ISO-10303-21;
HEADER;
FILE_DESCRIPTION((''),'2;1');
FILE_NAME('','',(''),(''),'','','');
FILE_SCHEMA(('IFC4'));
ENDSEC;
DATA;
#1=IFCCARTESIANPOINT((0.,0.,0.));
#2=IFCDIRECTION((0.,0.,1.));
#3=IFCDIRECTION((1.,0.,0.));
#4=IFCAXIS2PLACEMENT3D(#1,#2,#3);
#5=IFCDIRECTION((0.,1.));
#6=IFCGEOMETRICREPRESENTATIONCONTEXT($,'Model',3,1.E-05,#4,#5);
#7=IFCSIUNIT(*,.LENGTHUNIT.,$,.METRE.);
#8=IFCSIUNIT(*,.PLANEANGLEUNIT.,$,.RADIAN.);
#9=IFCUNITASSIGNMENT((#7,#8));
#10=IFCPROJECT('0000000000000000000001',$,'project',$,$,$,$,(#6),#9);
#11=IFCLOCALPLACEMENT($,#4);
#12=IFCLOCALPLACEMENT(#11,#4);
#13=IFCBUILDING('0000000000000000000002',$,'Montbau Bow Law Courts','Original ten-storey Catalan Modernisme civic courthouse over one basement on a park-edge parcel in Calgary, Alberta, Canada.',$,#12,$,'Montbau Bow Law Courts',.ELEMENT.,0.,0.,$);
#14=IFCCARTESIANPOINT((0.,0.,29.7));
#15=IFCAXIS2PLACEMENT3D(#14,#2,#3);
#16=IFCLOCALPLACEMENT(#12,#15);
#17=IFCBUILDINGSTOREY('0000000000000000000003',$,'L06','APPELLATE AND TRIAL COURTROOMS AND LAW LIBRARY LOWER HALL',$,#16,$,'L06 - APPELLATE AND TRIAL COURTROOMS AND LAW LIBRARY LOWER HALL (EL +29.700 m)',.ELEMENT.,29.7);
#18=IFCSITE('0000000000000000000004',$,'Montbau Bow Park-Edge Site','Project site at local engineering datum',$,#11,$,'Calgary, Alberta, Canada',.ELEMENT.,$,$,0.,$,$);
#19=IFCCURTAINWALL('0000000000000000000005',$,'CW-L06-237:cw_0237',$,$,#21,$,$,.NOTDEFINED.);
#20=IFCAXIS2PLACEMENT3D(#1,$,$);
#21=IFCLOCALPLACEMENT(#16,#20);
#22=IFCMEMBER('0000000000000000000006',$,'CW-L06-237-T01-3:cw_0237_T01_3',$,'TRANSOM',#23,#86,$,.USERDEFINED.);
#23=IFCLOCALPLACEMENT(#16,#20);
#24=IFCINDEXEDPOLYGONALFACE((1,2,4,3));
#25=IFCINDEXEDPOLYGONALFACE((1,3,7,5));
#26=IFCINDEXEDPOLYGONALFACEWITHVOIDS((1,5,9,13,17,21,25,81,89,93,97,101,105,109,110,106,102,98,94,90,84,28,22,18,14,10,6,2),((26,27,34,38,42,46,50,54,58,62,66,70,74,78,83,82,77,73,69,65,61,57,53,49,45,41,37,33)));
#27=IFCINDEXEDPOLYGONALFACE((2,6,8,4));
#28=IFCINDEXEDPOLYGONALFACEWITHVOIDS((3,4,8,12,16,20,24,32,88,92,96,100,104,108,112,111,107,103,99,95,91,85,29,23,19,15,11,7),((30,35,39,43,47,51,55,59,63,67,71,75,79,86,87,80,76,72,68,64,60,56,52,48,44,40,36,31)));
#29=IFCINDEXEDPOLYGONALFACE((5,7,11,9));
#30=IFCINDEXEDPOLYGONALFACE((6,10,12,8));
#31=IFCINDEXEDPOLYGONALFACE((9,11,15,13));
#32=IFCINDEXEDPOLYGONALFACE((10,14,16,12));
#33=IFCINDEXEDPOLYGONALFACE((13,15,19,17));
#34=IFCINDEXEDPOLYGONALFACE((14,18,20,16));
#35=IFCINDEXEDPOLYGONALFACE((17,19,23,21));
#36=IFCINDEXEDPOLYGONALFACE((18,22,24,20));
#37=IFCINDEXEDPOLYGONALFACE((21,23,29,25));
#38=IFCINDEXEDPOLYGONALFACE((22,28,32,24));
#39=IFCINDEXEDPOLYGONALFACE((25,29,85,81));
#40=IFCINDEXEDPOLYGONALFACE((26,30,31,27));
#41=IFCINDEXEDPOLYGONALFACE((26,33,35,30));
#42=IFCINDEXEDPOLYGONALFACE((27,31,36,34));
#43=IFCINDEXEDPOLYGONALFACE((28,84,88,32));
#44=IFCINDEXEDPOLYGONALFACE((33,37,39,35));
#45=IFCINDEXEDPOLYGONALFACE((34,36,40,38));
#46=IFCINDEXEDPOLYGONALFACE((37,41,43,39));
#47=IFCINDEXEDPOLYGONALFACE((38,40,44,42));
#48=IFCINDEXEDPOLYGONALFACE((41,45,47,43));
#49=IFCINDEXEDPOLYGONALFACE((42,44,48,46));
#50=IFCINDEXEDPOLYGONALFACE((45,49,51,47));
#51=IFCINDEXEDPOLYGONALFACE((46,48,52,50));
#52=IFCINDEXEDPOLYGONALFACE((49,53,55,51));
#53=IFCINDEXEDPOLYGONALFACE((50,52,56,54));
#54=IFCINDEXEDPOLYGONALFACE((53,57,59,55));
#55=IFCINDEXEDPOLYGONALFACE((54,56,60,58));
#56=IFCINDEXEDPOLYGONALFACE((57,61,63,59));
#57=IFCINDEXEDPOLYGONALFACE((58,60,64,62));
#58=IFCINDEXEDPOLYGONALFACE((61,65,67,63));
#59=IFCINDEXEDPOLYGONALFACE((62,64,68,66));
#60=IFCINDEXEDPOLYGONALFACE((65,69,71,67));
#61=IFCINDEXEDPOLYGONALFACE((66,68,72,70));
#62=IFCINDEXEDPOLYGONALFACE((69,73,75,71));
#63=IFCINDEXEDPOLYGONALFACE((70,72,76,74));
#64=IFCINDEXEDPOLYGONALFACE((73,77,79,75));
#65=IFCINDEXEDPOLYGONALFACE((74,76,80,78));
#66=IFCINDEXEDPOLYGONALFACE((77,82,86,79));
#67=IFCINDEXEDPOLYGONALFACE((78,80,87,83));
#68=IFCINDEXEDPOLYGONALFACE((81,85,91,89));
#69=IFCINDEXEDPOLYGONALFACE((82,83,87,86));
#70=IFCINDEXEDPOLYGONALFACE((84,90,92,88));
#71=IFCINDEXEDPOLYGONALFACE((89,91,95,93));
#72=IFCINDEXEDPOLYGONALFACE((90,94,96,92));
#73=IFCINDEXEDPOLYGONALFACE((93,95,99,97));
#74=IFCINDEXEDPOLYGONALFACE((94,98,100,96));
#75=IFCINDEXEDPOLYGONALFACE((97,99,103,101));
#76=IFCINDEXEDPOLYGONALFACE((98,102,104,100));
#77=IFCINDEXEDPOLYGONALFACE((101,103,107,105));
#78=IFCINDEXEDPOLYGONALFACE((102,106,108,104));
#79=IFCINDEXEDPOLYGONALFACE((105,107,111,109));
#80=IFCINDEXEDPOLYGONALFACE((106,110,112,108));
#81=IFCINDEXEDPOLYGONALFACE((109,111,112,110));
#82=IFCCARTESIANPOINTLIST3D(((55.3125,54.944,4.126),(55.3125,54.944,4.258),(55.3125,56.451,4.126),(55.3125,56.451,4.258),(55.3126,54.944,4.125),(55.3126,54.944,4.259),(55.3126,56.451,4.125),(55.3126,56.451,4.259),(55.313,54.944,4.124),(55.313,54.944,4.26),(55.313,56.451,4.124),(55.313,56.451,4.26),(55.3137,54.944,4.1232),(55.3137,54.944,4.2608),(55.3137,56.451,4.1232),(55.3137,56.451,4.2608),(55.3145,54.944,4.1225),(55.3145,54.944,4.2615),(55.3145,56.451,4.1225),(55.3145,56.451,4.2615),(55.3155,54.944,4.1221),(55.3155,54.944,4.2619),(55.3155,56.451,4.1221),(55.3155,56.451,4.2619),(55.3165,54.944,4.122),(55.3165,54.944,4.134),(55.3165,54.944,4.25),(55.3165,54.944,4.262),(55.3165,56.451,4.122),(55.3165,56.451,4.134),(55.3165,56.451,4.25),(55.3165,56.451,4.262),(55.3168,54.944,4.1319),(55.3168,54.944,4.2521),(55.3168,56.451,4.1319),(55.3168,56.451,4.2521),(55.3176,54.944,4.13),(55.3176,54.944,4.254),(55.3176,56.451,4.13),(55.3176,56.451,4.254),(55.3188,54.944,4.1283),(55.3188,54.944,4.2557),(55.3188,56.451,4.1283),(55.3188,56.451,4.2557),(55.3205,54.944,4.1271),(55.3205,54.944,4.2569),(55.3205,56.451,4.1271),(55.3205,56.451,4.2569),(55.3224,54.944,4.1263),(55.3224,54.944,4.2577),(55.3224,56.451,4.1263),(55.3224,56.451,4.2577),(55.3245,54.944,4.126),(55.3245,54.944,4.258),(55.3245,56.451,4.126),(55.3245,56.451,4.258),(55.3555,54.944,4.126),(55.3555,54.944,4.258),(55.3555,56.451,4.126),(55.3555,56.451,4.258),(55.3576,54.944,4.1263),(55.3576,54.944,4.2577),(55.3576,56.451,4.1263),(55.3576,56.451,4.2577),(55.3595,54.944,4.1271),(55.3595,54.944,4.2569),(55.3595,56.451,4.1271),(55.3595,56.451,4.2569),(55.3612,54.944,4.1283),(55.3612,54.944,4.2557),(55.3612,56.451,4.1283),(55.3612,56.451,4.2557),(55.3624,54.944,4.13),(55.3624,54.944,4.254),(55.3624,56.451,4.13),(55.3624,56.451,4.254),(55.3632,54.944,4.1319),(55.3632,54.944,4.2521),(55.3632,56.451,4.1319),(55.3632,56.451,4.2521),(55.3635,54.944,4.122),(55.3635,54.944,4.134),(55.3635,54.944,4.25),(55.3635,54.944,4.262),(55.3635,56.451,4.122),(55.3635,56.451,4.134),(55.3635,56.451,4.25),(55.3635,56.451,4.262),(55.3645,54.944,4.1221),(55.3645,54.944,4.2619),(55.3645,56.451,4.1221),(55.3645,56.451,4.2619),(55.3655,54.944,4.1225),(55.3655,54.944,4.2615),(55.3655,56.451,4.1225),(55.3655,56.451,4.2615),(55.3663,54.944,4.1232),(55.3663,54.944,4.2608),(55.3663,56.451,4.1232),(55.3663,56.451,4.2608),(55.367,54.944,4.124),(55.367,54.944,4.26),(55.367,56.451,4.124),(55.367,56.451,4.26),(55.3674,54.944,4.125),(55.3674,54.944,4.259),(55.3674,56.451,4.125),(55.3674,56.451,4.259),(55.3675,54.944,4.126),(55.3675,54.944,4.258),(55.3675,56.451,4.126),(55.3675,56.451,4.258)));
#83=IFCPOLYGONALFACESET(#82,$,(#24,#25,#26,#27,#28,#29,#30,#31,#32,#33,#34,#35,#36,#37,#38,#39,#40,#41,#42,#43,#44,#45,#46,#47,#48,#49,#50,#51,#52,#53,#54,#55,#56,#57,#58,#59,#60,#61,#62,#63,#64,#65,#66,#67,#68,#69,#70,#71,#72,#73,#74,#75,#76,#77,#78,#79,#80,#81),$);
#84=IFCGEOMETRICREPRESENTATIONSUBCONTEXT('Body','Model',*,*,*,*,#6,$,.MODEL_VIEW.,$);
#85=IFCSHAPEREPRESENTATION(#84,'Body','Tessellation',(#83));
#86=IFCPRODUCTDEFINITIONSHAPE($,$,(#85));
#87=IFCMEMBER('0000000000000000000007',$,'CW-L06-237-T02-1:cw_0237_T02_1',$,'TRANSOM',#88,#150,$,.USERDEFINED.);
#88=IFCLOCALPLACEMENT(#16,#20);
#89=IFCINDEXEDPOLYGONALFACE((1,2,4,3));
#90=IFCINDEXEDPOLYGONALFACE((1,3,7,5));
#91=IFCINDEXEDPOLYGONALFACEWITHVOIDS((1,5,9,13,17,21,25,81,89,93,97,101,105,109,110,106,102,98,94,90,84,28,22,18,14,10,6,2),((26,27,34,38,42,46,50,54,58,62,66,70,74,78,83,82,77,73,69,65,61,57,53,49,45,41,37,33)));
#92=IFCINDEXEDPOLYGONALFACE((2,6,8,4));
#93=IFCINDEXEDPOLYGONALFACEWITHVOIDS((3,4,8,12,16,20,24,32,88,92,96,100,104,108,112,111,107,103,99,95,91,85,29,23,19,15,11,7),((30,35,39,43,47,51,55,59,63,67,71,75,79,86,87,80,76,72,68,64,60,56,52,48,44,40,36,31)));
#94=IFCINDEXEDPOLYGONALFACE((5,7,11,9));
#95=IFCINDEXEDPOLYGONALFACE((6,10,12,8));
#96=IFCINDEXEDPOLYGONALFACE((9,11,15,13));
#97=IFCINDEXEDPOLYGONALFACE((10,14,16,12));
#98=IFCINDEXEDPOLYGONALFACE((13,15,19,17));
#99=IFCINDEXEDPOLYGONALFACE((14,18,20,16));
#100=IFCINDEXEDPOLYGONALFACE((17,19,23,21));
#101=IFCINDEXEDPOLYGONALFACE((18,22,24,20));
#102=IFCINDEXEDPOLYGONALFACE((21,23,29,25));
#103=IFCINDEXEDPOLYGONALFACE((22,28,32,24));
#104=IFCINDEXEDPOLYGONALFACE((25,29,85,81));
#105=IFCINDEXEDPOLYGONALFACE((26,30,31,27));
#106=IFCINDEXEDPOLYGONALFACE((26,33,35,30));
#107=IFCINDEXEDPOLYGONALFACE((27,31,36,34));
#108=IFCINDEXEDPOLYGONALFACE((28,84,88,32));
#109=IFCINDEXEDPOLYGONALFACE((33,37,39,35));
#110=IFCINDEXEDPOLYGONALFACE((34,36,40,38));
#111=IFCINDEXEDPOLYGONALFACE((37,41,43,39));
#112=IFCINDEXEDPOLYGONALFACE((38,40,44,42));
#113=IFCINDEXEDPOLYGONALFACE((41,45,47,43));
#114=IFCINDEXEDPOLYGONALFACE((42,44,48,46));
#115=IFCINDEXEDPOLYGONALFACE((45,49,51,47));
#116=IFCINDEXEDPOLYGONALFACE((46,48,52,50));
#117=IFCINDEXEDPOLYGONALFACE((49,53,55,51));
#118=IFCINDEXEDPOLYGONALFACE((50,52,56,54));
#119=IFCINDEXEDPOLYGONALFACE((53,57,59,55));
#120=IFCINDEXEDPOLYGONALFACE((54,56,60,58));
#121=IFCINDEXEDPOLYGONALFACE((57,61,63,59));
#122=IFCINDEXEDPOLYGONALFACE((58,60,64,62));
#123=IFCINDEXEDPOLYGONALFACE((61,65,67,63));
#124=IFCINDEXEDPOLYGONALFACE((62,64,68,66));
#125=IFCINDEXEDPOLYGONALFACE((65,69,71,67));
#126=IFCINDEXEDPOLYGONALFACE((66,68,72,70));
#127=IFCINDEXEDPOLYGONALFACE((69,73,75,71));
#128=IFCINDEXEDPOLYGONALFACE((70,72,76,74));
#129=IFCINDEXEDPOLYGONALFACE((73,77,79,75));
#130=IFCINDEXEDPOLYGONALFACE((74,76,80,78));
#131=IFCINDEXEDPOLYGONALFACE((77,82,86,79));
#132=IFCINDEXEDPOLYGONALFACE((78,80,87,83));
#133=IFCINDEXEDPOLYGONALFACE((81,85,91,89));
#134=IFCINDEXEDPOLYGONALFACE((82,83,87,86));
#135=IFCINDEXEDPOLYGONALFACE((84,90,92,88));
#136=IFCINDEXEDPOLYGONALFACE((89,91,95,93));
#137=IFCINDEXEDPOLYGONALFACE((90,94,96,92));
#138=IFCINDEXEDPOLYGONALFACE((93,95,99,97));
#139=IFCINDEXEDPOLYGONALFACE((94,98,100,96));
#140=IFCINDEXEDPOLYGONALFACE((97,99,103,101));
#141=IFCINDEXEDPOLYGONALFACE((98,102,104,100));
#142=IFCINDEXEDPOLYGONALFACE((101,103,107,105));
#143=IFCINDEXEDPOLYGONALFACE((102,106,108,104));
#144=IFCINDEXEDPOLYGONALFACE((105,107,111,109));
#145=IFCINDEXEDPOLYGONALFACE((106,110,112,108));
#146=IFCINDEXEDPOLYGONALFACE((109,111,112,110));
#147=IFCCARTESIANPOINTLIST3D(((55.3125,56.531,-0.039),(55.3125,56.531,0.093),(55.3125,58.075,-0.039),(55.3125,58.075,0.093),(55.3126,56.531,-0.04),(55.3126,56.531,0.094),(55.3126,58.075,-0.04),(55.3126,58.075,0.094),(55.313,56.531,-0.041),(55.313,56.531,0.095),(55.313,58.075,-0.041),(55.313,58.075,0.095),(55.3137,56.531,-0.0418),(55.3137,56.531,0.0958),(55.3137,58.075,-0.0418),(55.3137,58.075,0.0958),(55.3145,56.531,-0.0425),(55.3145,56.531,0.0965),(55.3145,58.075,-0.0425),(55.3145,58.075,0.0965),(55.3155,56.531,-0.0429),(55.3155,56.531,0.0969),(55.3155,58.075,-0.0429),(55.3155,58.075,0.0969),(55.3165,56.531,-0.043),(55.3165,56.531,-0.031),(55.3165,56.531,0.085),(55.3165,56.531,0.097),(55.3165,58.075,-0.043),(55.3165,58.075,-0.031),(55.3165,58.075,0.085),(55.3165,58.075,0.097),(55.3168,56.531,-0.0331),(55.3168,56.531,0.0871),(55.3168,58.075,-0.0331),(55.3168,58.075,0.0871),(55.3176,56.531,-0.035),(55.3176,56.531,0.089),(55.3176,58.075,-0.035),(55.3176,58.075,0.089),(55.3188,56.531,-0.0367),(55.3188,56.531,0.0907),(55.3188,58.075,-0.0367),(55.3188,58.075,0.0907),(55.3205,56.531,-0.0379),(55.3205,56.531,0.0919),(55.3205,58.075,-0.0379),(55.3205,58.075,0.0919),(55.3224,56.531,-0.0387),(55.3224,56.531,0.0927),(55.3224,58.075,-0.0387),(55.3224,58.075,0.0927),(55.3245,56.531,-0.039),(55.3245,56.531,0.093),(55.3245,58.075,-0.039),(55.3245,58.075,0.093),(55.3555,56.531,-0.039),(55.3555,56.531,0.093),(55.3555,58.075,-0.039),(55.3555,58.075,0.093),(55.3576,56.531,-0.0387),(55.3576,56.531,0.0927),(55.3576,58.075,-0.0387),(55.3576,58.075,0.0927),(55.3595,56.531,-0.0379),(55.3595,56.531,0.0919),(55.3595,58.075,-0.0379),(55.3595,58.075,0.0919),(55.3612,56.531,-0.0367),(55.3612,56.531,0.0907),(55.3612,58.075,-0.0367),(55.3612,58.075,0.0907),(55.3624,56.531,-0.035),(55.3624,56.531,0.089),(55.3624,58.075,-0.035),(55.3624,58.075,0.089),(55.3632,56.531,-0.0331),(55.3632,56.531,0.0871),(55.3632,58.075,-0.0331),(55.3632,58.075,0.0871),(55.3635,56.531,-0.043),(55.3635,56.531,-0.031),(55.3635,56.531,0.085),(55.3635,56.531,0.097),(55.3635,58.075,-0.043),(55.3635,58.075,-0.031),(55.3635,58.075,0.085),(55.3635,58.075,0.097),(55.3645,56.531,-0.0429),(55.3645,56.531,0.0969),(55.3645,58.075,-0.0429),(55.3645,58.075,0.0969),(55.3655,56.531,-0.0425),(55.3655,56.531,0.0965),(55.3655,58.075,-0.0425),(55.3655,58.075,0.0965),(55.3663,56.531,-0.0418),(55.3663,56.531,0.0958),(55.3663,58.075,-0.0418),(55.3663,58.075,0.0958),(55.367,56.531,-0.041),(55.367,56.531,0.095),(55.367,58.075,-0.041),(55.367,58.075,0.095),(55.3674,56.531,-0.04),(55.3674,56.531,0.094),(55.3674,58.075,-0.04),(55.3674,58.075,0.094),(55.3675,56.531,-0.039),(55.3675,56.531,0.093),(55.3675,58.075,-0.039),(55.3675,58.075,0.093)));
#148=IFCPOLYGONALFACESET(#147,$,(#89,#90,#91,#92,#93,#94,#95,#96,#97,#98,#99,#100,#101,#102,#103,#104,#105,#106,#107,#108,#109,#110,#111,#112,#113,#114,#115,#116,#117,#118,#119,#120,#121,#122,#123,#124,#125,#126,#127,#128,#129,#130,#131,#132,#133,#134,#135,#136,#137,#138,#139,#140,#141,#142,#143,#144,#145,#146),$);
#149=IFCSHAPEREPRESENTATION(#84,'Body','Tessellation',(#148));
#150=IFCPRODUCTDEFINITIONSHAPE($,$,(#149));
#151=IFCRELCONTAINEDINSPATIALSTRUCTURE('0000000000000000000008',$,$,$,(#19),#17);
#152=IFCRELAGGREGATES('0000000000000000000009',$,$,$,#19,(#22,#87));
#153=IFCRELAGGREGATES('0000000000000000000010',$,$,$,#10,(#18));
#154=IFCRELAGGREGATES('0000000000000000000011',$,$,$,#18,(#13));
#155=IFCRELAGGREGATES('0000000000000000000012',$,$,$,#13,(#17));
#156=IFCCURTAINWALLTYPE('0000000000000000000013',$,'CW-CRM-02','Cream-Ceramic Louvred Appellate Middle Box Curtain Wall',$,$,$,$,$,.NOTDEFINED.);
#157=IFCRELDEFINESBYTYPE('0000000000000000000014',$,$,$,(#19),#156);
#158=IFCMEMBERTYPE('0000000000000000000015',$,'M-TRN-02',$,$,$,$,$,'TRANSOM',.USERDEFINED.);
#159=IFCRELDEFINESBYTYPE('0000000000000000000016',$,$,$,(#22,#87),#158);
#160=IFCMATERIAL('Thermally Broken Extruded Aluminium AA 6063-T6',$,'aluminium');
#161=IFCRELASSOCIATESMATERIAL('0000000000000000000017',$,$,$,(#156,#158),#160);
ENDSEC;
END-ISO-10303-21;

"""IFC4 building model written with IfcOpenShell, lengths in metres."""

from ifc_helpers import new_model, si_unit, direction, frame, origin_with_axes, origin_2d_with_axis, place, context, subcontext, project, spatial, hollow_rectangle, extrude, material, material_profile, profile_set, type_object, element, aggregate, save


model = new_model("IFC4")

# Units and contexts
model_context = context("Model", 3, precision=1e-05, world=origin_with_axes(), true_north=direction((0.0, 1.0)))
body_context = subcontext(model_context, "Body", "Model", "MODEL_VIEW")
ifc_project = project(units=[si_unit("LENGTHUNIT", "METRE"), si_unit("PLANEANGLEUNIT", "RADIAN")], contexts=[model_context])

# Site, building, storey
site_placement = place(None, origin_with_axes())
site = spatial("IfcSite", under=ifc_project, at=site_placement, Name="Montbau Bow Park-Edge Site", Description="Project site at local engineering datum", LongName="Calgary, Alberta, Canada", CompositionType="ELEMENT", RefElevation=0.0)
building_placement = place(site_placement, origin_with_axes())
building = spatial("IfcBuilding", under=site, at=building_placement, Name="Montbau Bow Law Courts", Description="Original ten-storey Catalan Modernisme civic courthouse over one basement on a park-edge parcel in Calgary, Alberta, Canada.", LongName="Montbau Bow Law Courts", CompositionType="ELEMENT", ElevationOfRefHeight=0.0, ElevationOfTerrain=0.0)
storey_placement = place(building_placement, frame((0.0, 0.0, 29.7), z_axis=(0.0, 0.0, 1.0), x_axis=(1.0, 0.0, 0.0)))
storey = spatial("IfcBuildingStorey", under=building, at=storey_placement, Name="L06", Description="APPELLATE AND TRIAL COURTROOMS AND LAW LIBRARY LOWER HALL", LongName="L06 - APPELLATE AND TRIAL COURTROOMS AND LAW LIBRARY LOWER HALL (EL +29.700 m)", CompositionType="ELEMENT", Elevation=29.7)

# Curtain wall
ifc_material_1 = material(Name="Thermally Broken Extruded Aluminium AA 6063-T6", Category="aluminium")
curtain_wall_type = type_object("IfcCurtainWallType", Name="CW-CRM-02", Description="Cream-Ceramic Louvred Appellate Middle Box Curtain Wall", PredefinedType="NOTDEFINED", material=ifc_material_1)
curtain_wall_1_placement = place(None, frame((55.34, 54.868, 29.7), z_axis=(0.0, 0.0, 1.0), x_axis=(1.0, 0.0, 0.0)))
curtain_wall_1 = element("IfcCurtainWall", 1, at=curtain_wall_1_placement, inside=storey, type_object=curtain_wall_type, Name="CW-L06-237:cw_0237", PredefinedType="NOTDEFINED")

# Members
ifc_material_profile_1 = material_profile(ifc_material_1, hollow_rectangle(XDim=0.055, YDim=0.14, WallThickness=0.004, InnerFilletRadius=0.008, OuterFilletRadius=0.004, at=origin_2d_with_axis()), Name="CWT-140X55", Category="Main", Priority=0)
ifc_profile_set_1 = profile_set([ifc_material_profile_1], Name="Thermally Broken Extruded Aluminium AA 6063-T6")
member_type_1 = type_object("IfcMemberType", Name="M-TRN-02", ElementType="TRANSOM", PredefinedType="USERDEFINED", material=ifc_profile_set_1)
member_1_placement = place(None, frame((55.34, 54.944, 33.892), z_axis=(0.0, 1.0, 0.0), x_axis=(-1.0, 0.0, 0.0)))
member_1 = element("IfcMember", 2, at=member_1_placement, type_object=member_type_1, Name="CW-L06-237-T01-3:cw_0237_T01_3", ObjectType="TRANSOM", PredefinedType="USERDEFINED", context=body_context, shape_type="SweptSolid", body=[
    extrude(hollow_rectangle(XDim=0.055, YDim=0.14, WallThickness=0.004, InnerFilletRadius=0.008, OuterFilletRadius=0.004, at=origin_2d_with_axis()), origin_with_axes(), (0.0, 0.0, 1.0), 1.507),
])
member_2_placement = place(None, frame((55.34, 56.531, 29.727), z_axis=(0.0, 1.0, 0.0), x_axis=(-1.0, 0.0, 0.0)))
member_2 = element("IfcMember", 3, at=member_2_placement, type_object=member_type_1, Name="CW-L06-237-T02-1:cw_0237_T02_1", ObjectType="TRANSOM", PredefinedType="USERDEFINED", context=body_context, shape_type="SweptSolid", body=[
    extrude(hollow_rectangle(XDim=0.055, YDim=0.14, WallThickness=0.004, InnerFilletRadius=0.008, OuterFilletRadius=0.004, at=origin_2d_with_axis()), origin_with_axes(), (0.0, 0.0, 1.0), 1.544),
])

aggregate(curtain_wall_1, [member_1, member_2])

save(model, "model.ifc")
